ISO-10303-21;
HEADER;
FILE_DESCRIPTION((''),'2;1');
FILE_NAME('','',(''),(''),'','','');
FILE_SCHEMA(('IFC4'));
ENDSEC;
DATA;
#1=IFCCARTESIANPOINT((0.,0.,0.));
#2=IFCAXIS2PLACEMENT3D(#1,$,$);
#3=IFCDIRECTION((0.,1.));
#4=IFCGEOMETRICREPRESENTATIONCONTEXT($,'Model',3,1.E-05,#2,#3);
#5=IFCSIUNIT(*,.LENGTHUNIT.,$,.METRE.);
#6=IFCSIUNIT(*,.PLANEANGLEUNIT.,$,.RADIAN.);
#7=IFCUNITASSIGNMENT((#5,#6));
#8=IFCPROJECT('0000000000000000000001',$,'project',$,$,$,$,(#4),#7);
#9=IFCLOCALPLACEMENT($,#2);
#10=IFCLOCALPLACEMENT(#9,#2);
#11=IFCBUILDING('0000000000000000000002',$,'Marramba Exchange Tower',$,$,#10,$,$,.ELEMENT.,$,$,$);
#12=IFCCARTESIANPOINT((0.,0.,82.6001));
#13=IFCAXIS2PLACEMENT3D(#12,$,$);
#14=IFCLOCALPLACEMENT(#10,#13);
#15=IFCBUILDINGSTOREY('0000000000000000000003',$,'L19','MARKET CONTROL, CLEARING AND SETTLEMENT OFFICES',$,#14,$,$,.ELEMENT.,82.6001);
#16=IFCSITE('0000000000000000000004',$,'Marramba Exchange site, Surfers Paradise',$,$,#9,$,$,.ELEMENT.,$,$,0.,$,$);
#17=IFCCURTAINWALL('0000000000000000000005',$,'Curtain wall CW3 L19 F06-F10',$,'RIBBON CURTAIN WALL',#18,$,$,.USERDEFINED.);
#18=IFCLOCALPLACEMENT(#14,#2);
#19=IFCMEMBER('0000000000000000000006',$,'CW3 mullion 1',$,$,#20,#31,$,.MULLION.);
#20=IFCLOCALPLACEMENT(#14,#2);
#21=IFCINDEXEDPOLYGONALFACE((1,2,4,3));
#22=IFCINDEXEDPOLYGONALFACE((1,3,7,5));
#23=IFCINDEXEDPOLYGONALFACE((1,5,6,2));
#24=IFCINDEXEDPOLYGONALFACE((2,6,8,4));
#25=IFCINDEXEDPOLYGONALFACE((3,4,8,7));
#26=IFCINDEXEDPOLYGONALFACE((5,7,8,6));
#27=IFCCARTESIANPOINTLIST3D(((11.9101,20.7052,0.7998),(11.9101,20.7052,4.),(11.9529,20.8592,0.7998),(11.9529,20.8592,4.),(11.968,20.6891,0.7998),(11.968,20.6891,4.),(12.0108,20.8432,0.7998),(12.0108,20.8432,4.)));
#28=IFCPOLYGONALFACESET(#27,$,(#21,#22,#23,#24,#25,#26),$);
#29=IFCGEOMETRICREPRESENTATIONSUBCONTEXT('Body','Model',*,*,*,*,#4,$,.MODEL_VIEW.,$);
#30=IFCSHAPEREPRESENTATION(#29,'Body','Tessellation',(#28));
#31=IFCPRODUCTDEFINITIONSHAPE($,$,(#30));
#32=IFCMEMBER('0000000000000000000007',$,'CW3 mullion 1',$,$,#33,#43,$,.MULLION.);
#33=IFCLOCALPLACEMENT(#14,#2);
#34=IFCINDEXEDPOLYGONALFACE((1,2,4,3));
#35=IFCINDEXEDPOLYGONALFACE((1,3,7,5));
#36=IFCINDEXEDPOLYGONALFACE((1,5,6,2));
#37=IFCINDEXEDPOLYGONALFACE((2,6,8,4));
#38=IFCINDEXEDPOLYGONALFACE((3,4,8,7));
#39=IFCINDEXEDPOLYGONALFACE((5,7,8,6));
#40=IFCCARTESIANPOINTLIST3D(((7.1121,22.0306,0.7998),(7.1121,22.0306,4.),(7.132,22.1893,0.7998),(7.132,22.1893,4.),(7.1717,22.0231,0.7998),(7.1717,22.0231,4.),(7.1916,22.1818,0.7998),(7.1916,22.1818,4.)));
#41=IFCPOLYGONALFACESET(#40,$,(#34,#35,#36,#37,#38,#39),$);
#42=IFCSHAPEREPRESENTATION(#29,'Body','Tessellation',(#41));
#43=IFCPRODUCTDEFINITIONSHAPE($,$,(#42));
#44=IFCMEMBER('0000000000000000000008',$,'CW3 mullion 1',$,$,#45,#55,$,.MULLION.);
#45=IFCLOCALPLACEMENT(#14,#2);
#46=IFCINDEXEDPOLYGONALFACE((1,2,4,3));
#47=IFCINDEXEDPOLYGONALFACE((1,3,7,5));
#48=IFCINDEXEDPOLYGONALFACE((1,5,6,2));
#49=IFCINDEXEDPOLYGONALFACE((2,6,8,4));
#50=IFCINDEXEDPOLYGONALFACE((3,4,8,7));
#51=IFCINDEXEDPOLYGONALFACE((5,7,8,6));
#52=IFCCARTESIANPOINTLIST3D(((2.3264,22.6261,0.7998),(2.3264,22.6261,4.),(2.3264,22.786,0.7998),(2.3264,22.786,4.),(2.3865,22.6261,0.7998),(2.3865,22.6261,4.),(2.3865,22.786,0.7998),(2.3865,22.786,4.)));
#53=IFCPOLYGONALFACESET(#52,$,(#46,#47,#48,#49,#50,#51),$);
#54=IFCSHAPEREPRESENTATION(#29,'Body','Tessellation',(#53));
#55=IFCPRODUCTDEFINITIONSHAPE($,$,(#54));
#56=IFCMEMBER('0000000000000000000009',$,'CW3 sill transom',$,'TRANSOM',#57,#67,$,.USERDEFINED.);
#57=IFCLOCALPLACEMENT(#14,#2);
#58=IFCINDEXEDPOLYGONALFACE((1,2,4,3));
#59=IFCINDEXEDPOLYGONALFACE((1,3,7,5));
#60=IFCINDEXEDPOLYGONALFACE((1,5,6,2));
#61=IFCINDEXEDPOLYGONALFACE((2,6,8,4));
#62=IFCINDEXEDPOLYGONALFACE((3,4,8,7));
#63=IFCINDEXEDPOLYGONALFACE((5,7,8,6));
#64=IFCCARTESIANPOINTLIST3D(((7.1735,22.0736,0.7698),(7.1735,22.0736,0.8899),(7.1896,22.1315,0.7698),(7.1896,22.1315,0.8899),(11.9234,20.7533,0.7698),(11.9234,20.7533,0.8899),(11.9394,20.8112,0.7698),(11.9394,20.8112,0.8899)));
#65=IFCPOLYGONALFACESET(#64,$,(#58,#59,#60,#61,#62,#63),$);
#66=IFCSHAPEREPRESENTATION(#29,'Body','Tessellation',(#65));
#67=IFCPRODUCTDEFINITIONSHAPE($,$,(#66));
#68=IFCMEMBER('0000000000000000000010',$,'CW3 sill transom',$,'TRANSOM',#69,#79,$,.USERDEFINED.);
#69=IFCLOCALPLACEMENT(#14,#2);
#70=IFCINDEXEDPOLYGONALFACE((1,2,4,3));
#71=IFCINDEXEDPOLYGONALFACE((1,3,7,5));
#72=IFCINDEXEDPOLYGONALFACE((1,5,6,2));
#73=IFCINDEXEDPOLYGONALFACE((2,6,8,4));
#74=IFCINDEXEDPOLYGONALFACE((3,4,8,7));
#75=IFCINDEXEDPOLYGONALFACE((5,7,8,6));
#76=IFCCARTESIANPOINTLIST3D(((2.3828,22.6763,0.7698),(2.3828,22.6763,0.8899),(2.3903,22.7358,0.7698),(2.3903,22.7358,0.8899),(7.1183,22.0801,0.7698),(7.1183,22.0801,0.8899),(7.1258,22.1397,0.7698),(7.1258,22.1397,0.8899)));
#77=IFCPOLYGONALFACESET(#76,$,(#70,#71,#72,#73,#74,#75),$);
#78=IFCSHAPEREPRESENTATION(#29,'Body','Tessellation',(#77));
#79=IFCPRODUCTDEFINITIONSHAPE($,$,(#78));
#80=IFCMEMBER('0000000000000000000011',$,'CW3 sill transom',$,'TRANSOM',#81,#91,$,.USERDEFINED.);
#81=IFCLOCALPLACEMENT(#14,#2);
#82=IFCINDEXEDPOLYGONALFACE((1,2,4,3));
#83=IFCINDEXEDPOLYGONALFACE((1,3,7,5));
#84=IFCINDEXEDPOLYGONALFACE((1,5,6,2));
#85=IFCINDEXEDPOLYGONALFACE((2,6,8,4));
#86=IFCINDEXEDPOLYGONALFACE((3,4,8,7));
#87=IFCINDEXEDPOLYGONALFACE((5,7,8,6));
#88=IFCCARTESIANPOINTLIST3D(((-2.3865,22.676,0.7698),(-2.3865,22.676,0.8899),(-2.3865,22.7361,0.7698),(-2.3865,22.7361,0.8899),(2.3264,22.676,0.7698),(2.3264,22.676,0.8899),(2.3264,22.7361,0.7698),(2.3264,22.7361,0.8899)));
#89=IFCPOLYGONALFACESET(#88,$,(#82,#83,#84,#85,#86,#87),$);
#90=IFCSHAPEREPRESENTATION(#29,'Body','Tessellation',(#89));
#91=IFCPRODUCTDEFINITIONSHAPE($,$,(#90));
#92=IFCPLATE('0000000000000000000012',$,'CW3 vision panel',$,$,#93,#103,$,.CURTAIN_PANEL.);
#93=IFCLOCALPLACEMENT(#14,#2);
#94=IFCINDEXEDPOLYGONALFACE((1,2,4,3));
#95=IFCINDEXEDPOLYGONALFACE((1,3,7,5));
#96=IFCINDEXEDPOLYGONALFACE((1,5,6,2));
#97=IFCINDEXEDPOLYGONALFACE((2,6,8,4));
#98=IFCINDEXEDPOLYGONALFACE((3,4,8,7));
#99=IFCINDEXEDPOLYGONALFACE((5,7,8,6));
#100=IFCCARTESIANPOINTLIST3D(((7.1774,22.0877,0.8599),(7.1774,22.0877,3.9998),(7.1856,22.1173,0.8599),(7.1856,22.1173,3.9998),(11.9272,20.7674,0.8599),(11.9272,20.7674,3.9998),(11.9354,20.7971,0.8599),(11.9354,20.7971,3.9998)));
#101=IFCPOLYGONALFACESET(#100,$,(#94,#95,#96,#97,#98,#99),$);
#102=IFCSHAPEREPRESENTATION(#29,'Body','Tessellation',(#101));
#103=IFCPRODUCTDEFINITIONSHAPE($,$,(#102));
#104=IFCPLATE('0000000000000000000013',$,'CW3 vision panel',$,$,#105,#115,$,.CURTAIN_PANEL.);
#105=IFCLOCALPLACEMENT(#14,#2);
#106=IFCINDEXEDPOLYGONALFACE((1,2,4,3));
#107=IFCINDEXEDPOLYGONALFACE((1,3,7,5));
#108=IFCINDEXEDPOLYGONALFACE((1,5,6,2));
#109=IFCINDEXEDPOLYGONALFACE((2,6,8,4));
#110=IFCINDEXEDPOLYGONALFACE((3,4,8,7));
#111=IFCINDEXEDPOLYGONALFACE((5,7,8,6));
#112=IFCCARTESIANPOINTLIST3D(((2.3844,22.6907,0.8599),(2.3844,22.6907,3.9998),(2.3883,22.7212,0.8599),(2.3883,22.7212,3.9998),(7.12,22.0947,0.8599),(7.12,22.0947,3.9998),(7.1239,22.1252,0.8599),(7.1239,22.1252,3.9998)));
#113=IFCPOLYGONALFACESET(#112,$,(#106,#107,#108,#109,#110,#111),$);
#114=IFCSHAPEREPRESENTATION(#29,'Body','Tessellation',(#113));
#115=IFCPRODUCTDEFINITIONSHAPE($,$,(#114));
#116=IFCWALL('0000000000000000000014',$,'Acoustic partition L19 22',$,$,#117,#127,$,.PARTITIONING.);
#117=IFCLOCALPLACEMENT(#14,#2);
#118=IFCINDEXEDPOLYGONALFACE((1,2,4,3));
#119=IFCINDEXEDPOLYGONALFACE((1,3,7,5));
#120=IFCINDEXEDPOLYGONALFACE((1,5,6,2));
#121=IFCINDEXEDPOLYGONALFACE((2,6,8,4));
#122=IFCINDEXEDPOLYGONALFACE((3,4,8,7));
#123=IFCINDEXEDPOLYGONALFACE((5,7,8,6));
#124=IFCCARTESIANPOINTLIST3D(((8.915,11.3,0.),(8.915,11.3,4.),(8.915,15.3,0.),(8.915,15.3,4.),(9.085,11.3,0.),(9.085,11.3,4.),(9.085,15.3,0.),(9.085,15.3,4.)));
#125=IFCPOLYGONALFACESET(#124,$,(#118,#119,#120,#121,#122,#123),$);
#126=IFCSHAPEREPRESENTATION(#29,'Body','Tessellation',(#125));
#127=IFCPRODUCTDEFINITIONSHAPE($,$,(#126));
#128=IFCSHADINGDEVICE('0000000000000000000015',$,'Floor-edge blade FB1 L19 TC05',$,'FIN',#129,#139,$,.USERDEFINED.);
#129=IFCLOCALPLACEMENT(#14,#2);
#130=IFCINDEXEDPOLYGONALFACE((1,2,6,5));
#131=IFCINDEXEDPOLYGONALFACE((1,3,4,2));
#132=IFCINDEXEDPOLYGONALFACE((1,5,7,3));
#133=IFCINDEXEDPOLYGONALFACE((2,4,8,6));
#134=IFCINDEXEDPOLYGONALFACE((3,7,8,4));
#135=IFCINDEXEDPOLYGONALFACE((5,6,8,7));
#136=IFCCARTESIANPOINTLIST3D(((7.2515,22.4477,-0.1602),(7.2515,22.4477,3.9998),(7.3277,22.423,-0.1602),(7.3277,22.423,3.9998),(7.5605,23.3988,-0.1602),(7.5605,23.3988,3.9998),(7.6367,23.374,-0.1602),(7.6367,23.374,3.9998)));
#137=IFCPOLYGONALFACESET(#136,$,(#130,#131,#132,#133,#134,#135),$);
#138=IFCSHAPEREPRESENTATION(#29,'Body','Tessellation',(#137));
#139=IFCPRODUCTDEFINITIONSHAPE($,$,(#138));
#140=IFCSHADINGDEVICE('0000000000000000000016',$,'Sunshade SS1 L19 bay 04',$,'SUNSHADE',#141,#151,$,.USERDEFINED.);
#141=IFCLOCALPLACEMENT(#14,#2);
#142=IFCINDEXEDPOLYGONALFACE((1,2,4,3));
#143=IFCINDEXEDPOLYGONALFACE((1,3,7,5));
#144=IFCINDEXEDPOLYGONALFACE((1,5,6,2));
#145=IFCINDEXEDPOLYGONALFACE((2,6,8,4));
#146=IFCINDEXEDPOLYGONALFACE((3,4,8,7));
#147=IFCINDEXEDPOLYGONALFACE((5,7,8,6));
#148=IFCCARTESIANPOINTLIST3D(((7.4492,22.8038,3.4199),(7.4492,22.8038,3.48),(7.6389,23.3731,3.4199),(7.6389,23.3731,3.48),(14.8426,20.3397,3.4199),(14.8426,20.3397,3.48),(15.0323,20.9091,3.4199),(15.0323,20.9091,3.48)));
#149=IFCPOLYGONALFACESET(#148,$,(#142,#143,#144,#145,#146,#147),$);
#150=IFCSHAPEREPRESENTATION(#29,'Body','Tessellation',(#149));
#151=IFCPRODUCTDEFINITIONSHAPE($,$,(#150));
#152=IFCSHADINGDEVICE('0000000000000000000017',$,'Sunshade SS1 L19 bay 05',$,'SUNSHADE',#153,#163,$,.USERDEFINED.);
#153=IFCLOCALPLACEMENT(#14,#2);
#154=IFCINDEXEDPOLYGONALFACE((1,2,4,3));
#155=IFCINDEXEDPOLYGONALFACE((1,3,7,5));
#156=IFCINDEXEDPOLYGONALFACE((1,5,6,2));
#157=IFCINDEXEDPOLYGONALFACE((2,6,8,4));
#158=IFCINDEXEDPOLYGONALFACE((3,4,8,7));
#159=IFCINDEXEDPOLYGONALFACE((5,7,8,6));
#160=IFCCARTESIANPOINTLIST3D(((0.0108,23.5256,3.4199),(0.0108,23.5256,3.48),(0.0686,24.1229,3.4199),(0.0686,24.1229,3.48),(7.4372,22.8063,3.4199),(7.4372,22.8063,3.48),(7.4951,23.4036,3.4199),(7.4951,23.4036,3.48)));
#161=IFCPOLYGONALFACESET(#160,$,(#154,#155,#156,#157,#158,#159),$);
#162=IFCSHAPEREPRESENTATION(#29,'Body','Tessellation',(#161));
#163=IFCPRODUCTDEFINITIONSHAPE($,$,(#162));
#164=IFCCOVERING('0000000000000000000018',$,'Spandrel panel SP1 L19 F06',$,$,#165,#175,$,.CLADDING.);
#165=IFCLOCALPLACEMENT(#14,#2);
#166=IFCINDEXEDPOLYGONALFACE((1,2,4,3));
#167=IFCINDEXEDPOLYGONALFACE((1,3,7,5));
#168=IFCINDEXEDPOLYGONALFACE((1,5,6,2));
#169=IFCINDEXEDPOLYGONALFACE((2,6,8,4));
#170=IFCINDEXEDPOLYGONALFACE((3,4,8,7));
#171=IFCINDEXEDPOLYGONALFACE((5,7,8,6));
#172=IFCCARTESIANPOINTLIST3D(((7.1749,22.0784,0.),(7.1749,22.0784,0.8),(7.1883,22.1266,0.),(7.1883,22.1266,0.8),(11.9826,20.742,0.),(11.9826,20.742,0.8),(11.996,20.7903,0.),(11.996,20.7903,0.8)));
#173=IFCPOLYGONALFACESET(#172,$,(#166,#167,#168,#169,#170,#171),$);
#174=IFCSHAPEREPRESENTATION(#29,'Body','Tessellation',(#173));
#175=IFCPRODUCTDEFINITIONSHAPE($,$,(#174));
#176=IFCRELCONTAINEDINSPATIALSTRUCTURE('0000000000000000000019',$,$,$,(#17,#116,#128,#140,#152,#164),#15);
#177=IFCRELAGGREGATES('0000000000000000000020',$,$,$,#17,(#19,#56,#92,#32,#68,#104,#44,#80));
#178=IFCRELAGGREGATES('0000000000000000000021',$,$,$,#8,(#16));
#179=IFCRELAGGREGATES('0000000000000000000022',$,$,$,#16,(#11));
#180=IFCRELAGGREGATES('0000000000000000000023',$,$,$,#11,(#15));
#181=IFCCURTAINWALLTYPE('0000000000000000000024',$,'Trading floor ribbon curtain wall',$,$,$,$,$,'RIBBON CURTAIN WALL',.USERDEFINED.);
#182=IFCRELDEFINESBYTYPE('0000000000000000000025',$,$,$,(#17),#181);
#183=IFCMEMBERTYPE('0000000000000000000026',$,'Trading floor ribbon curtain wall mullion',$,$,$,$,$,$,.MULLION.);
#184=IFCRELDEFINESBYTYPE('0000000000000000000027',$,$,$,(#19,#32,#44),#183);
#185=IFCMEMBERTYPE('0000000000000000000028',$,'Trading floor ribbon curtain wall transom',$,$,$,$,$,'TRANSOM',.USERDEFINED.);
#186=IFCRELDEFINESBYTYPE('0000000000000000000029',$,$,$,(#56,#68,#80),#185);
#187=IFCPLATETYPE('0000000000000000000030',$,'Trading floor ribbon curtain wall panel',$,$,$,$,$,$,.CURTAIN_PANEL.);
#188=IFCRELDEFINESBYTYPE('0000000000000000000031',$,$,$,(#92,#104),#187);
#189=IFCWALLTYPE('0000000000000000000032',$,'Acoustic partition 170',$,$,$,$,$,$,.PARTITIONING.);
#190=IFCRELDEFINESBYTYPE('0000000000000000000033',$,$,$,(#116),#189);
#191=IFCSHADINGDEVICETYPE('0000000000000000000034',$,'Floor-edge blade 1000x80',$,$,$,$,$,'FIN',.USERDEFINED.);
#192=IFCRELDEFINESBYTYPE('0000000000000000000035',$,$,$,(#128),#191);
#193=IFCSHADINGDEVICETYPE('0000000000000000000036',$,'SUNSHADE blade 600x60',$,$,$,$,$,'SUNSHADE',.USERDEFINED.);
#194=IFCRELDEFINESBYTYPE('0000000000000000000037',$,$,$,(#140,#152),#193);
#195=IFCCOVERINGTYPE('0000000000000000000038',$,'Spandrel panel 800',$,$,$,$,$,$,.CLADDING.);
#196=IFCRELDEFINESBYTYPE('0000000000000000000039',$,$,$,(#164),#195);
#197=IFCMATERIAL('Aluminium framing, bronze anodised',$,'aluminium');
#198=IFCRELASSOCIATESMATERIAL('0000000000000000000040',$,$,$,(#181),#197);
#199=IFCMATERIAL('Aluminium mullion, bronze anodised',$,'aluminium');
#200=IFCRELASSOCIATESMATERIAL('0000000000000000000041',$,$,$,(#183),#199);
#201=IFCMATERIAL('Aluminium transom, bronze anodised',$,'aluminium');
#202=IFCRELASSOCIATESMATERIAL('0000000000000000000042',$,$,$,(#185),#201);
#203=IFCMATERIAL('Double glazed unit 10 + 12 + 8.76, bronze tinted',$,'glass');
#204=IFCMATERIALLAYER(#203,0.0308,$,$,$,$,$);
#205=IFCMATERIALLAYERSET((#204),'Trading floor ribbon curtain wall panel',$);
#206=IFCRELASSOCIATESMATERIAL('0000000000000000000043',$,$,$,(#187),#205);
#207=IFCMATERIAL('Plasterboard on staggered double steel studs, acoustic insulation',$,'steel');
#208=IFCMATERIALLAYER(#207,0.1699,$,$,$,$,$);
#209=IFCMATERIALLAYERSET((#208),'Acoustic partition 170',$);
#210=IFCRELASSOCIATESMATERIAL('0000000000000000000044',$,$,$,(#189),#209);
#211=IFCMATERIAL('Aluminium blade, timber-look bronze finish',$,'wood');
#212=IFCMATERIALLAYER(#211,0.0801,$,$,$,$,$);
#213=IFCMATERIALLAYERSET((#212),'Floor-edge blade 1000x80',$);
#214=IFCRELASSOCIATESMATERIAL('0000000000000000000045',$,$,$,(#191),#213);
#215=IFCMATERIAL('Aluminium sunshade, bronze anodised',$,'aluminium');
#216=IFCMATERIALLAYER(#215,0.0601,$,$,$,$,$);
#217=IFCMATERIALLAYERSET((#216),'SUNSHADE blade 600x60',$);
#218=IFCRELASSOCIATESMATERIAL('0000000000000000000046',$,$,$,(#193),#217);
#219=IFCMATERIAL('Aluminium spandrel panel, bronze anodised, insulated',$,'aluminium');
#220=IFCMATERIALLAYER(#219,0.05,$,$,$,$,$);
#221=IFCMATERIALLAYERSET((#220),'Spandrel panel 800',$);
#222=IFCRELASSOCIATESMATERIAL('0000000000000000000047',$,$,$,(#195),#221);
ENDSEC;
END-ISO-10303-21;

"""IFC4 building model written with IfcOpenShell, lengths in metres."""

from ifc_helpers import new_model, si_unit, direction, frame, frame_2d, origin, origin_2d, place, context, subcontext, project, spatial, rectangle, extrude, material, layer, layer_set, material_profile, profile_set, type_object, element, aggregate, save


model = new_model("IFC4")

# Units and contexts
model_context = context("Model", 3, precision=1e-05, world=origin(), true_north=direction((0.0, 1.0)))
body_context = subcontext(model_context, "Body", "Model", "MODEL_VIEW")
ifc_project = project(units=[si_unit("LENGTHUNIT", "METRE"), si_unit("PLANEANGLEUNIT", "RADIAN")], contexts=[model_context])

# Site, building, storey
site_placement = place(None, origin())
site = spatial("IfcSite", under=ifc_project, at=site_placement, Name="Marramba Exchange site, Surfers Paradise", CompositionType="ELEMENT", RefElevation=0.0)
building_placement = place(site_placement, origin())
building = spatial("IfcBuilding", under=site, at=building_placement, Name="Marramba Exchange Tower", CompositionType="ELEMENT")
storey_placement = place(building_placement, frame((0.0, 0.0, 82.6001)))
storey = spatial("IfcBuildingStorey", under=building, at=storey_placement, Name="L19", Description="MARKET CONTROL, CLEARING AND SETTLEMENT OFFICES", CompositionType="ELEMENT", Elevation=82.6001)

# Curtain wall, members, plates
ifc_material_1 = material(Name="Aluminium framing, bronze anodised", Category="aluminium")
curtain_wall_type = type_object("IfcCurtainWallType", Name="Trading floor ribbon curtain wall", ElementType="RIBBON CURTAIN WALL", PredefinedType="USERDEFINED", material=ifc_material_1)
curtain_wall_placement = place(storey_placement, origin())
curtain_wall = element("IfcCurtainWall", 1, at=curtain_wall_placement, inside=storey, type_object=curtain_wall_type, Name="Curtain wall CW3 L19 F06-F10", ObjectType="RIBBON CURTAIN WALL", PredefinedType="USERDEFINED")
ifc_material_2 = material(Name="Aluminium mullion, bronze anodised", Category="aluminium")
ifc_material_profile_1 = material_profile(ifc_material_2, rectangle(XDim=0.1599, YDim=0.0601, at=origin_2d()), Name="CW3 mullion 60x160")
ifc_profile_set_1 = profile_set([ifc_material_profile_1], Name="Aluminium mullion, bronze anodised")
member_type_1 = type_object("IfcMemberType", Name="Trading floor ribbon curtain wall mullion", PredefinedType="MULLION", material=ifc_profile_set_1)
member_1_placement = place(storey_placement, frame((11.9604, 20.7742, 0.7998), z_axis=(0.0, 0.0, 1.0), x_axis=(-0.267809, -0.963472, 0.0)))
member_1 = element("IfcMember", 2, at=member_1_placement, type_object=member_type_1, Name="CW3 mullion 1", PredefinedType="MULLION", context=body_context, shape_type="SweptSolid", body=[
    extrude(rectangle(XDim=0.1599, YDim=0.0601, at=origin_2d()), origin(), (0.0, 0.0, 1.0), 3.2002),
])
member_2_placement = place(storey_placement, frame((7.1519, 22.1062, 0.7998), z_axis=(0.0, 0.0, 1.0), x_axis=(-0.124873, -0.992173, 0.0)))
member_2 = element("IfcMember", 3, at=member_2_placement, type_object=member_type_1, Name="CW3 mullion 1", PredefinedType="MULLION", context=body_context, shape_type="SweptSolid", body=[
    extrude(rectangle(XDim=0.1599, YDim=0.0601, at=origin_2d()), origin(), (0.0, 0.0, 1.0), 3.2002),
])
member_3_placement = place(storey_placement, frame((2.3564, 22.7061, 0.7998), z_axis=(0.0, 0.0, 1.0), x_axis=(0.0, -1.0, 0.0)))
member_3 = element("IfcMember", 4, at=member_3_placement, type_object=member_type_1, Name="CW3 mullion 1", PredefinedType="MULLION", context=body_context, shape_type="SweptSolid", body=[
    extrude(rectangle(XDim=0.1599, YDim=0.0601, at=origin_2d()), origin(), (0.0, 0.0, 1.0), 3.2002),
])
ifc_material_3 = material(Name="Aluminium transom, bronze anodised", Category="aluminium")
ifc_material_profile_2 = material_profile(ifc_material_3, rectangle(XDim=0.0601, YDim=0.1201, at=origin_2d()), Name="CW3 transom 60x120")
ifc_profile_set_2 = profile_set([ifc_material_profile_2], Name="Aluminium transom, bronze anodised")
member_type_2 = type_object("IfcMemberType", Name="Trading floor ribbon curtain wall transom", ElementType="TRANSOM", PredefinedType="USERDEFINED", material=ifc_profile_set_2)
member_4_placement = place(storey_placement, frame((11.9314, 20.7822, 0.8298), z_axis=(-0.963469, 0.26782, 0.0), x_axis=(-0.26782, -0.963469, 0.0)))
member_4 = element("IfcMember", 5, at=member_4_placement, type_object=member_type_2, Name="CW3 sill transom", ObjectType="TRANSOM", PredefinedType="USERDEFINED", context=body_context, shape_type="SweptSolid", body=[
    extrude(rectangle(XDim=0.0601, YDim=0.1201, at=origin_2d()), origin(), (0.0, 0.0, 1.0), 4.9299),
])
member_5_placement = place(storey_placement, frame((7.1221, 22.1099, 0.8298), z_axis=(-0.992168, 0.12491, 0.0), x_axis=(-0.12491, -0.992168, 0.0)))
member_5 = element("IfcMember", 6, at=member_5_placement, type_object=member_type_2, Name="CW3 sill transom", ObjectType="TRANSOM", PredefinedType="USERDEFINED", context=body_context, shape_type="SweptSolid", body=[
    extrude(rectangle(XDim=0.0601, YDim=0.1201, at=origin_2d()), origin(), (0.0, 0.0, 1.0), 4.7729),
])
member_6_placement = place(storey_placement, frame((2.3264, 22.7061, 0.8298), z_axis=(-1.0, 0.0, 0.0), x_axis=(0.0, -1.0, 0.0)))
member_6 = element("IfcMember", 7, at=member_6_placement, type_object=member_type_2, Name="CW3 sill transom", ObjectType="TRANSOM", PredefinedType="USERDEFINED", context=body_context, shape_type="SweptSolid", body=[
    extrude(rectangle(XDim=0.0601, YDim=0.1201, at=origin_2d()), origin(), (0.0, 0.0, 1.0), 4.7129),
])
ifc_material_4 = material(Name="Double glazed unit 10 + 12 + 8.76, bronze tinted", Category="glass")
ifc_layer_1 = layer(ifc_material_4, 0.0308)
ifc_layer_set_1 = layer_set([ifc_layer_1], Name="Trading floor ribbon curtain wall panel")
plate_type = type_object("IfcPlateType", Name="Trading floor ribbon curtain wall panel", PredefinedType="CURTAIN_PANEL", material=ifc_layer_set_1)
plate_1_placement = place(storey_placement, frame((9.5564, 21.4424, 0.8599), z_axis=(0.0, 0.0, 1.0), x_axis=(-0.963472, 0.267809, 0.0)))
plate_1 = element("IfcPlate", 8, at=plate_1_placement, type_object=plate_type, Name="CW3 vision panel", PredefinedType="CURTAIN_PANEL", context=body_context, shape_type="SweptSolid", body=[
    extrude(rectangle(XDim=4.9299, YDim=0.0308, at=origin_2d()), origin(), (0.0, 0.0, 1.0), 3.1399),
])
plate_2_placement = place(storey_placement, frame((4.7542, 22.408, 0.8599), z_axis=(0.0, 0.0, 1.0), x_axis=(-0.992173, 0.124873, 0.0)))
plate_2 = element("IfcPlate", 9, at=plate_2_placement, type_object=plate_type, Name="CW3 vision panel", PredefinedType="CURTAIN_PANEL", context=body_context, shape_type="SweptSolid", body=[
    extrude(rectangle(XDim=4.7729, YDim=0.0308, at=origin_2d()), origin(), (0.0, 0.0, 1.0), 3.1399),
])
aggregate(curtain_wall, [member_1, member_4, plate_1, member_2, member_5, plate_2, member_3, member_6])

# Wall
ifc_material_5 = material(Name="Plasterboard on staggered double steel studs, acoustic insulation", Category="steel")
ifc_layer_2 = layer(ifc_material_5, 0.1699)
ifc_layer_set_2 = layer_set([ifc_layer_2], Name="Acoustic partition 170")
wall_type = type_object("IfcWallType", Name="Acoustic partition 170", PredefinedType="PARTITIONING", material=ifc_layer_set_2)
wall_placement = place(storey_placement, frame((9.0, 15.3, 0.0), z_axis=(0.0, 0.0, 1.0), x_axis=(0.0, -1.0, 0.0)))
element("IfcWall", 10, at=wall_placement, inside=storey, type_object=wall_type, Name="Acoustic partition L19 22", PredefinedType="PARTITIONING", context=body_context, shape_type="SweptSolid", body=[
    extrude(rectangle(XDim=4.0, YDim=0.1699, at=frame_2d((2.0, 0.0))), origin(), (0.0, 0.0, 1.0), 4.0),
])

# Shading devices
ifc_material_6 = material(Name="Aluminium blade, timber-look bronze finish", Category="wood")
ifc_layer_3 = layer(ifc_material_6, 0.0801)
ifc_layer_set_3 = layer_set([ifc_layer_3], Name="Floor-edge blade 1000x80")
shading_device_type_1 = type_object("IfcShadingDeviceType", Name="Floor-edge blade 1000x80", ElementType="FIN", PredefinedType="USERDEFINED", material=ifc_layer_set_3)
shading_device_1_placement = place(storey_placement, frame((7.4441, 22.9109, -0.1602), z_axis=(0.0, 0.0, 1.0), x_axis=(0.309017, 0.951057, 0.0)))
element("IfcShadingDevice", 11, at=shading_device_1_placement, inside=storey, type_object=shading_device_type_1, Name="Floor-edge blade FB1 L19 TC05", ObjectType="FIN", PredefinedType="USERDEFINED", context=body_context, shape_type="SweptSolid", body=[
    extrude(rectangle(XDim=1.0, YDim=0.0801, at=origin_2d()), origin(), (0.0, 0.0, 1.0), 4.1599),
])
ifc_material_7 = material(Name="Aluminium sunshade, bronze anodised", Category="aluminium")
ifc_layer_4 = layer(ifc_material_7, 0.0601)
ifc_layer_set_4 = layer_set([ifc_layer_4], Name="SUNSHADE blade 600x60")
shading_device_type_2 = type_object("IfcShadingDeviceType", Name="SUNSHADE blade 600x60", ElementType="SUNSHADE", PredefinedType="USERDEFINED", material=ifc_layer_set_4)
shading_device_2_placement = place(storey_placement, frame((11.2407, 21.8564, 3.4199), z_axis=(0.0, 0.0, 1.0), x_axis=(-0.948698, 0.316184, 0.0)))
element("IfcShadingDevice", 12, at=shading_device_2_placement, inside=storey, type_object=shading_device_type_2, Name="Sunshade SS1 L19 bay 04", ObjectType="SUNSHADE", PredefinedType="USERDEFINED", context=body_context, shape_type="SweptSolid", body=[
    extrude(rectangle(XDim=7.7932, YDim=0.6001, at=origin_2d()), origin(), (0.0, 0.0, 1.0), 0.0601),
])
shading_device_3_placement = place(storey_placement, frame((3.7529, 23.4646, 3.4199), z_axis=(0.0, 0.0, 1.0), x_axis=(-0.995343, 0.096398, 0.0)))
element("IfcShadingDevice", 13, at=shading_device_3_placement, inside=storey, type_object=shading_device_type_2, Name="Sunshade SS1 L19 bay 05", ObjectType="SUNSHADE", PredefinedType="USERDEFINED", context=body_context, shape_type="SweptSolid", body=[
    extrude(rectangle(XDim=7.4612, YDim=0.6001, at=origin_2d()), origin(), (0.0, 0.0, 1.0), 0.0601),
])

# Covering
ifc_material_8 = material(Name="Aluminium spandrel panel, bronze anodised, insulated", Category="aluminium")
ifc_layer_5 = layer(ifc_material_8, 0.05)
ifc_layer_set_5 = layer_set([ifc_layer_5], Name="Spandrel panel 800")
covering_type = type_object("IfcCoveringType", Name="Spandrel panel 800", PredefinedType="CLADDING", material=ifc_layer_set_5)
covering_1_placement = place(storey_placement, frame((9.5854, 21.4343, 0.0), z_axis=(0.0, 0.0, 1.0), x_axis=(-0.963472, 0.267809, 0.0)))
element("IfcCovering", 14, at=covering_1_placement, inside=storey, type_object=covering_type, Name="Spandrel panel SP1 L19 F06", PredefinedType="CLADDING", context=body_context, shape_type="SweptSolid", body=[
    extrude(rectangle(XDim=4.99, YDim=0.05, at=origin_2d()), origin(), (0.0, 0.0, 1.0), 0.8),
])

save(model, "model.ifc")
